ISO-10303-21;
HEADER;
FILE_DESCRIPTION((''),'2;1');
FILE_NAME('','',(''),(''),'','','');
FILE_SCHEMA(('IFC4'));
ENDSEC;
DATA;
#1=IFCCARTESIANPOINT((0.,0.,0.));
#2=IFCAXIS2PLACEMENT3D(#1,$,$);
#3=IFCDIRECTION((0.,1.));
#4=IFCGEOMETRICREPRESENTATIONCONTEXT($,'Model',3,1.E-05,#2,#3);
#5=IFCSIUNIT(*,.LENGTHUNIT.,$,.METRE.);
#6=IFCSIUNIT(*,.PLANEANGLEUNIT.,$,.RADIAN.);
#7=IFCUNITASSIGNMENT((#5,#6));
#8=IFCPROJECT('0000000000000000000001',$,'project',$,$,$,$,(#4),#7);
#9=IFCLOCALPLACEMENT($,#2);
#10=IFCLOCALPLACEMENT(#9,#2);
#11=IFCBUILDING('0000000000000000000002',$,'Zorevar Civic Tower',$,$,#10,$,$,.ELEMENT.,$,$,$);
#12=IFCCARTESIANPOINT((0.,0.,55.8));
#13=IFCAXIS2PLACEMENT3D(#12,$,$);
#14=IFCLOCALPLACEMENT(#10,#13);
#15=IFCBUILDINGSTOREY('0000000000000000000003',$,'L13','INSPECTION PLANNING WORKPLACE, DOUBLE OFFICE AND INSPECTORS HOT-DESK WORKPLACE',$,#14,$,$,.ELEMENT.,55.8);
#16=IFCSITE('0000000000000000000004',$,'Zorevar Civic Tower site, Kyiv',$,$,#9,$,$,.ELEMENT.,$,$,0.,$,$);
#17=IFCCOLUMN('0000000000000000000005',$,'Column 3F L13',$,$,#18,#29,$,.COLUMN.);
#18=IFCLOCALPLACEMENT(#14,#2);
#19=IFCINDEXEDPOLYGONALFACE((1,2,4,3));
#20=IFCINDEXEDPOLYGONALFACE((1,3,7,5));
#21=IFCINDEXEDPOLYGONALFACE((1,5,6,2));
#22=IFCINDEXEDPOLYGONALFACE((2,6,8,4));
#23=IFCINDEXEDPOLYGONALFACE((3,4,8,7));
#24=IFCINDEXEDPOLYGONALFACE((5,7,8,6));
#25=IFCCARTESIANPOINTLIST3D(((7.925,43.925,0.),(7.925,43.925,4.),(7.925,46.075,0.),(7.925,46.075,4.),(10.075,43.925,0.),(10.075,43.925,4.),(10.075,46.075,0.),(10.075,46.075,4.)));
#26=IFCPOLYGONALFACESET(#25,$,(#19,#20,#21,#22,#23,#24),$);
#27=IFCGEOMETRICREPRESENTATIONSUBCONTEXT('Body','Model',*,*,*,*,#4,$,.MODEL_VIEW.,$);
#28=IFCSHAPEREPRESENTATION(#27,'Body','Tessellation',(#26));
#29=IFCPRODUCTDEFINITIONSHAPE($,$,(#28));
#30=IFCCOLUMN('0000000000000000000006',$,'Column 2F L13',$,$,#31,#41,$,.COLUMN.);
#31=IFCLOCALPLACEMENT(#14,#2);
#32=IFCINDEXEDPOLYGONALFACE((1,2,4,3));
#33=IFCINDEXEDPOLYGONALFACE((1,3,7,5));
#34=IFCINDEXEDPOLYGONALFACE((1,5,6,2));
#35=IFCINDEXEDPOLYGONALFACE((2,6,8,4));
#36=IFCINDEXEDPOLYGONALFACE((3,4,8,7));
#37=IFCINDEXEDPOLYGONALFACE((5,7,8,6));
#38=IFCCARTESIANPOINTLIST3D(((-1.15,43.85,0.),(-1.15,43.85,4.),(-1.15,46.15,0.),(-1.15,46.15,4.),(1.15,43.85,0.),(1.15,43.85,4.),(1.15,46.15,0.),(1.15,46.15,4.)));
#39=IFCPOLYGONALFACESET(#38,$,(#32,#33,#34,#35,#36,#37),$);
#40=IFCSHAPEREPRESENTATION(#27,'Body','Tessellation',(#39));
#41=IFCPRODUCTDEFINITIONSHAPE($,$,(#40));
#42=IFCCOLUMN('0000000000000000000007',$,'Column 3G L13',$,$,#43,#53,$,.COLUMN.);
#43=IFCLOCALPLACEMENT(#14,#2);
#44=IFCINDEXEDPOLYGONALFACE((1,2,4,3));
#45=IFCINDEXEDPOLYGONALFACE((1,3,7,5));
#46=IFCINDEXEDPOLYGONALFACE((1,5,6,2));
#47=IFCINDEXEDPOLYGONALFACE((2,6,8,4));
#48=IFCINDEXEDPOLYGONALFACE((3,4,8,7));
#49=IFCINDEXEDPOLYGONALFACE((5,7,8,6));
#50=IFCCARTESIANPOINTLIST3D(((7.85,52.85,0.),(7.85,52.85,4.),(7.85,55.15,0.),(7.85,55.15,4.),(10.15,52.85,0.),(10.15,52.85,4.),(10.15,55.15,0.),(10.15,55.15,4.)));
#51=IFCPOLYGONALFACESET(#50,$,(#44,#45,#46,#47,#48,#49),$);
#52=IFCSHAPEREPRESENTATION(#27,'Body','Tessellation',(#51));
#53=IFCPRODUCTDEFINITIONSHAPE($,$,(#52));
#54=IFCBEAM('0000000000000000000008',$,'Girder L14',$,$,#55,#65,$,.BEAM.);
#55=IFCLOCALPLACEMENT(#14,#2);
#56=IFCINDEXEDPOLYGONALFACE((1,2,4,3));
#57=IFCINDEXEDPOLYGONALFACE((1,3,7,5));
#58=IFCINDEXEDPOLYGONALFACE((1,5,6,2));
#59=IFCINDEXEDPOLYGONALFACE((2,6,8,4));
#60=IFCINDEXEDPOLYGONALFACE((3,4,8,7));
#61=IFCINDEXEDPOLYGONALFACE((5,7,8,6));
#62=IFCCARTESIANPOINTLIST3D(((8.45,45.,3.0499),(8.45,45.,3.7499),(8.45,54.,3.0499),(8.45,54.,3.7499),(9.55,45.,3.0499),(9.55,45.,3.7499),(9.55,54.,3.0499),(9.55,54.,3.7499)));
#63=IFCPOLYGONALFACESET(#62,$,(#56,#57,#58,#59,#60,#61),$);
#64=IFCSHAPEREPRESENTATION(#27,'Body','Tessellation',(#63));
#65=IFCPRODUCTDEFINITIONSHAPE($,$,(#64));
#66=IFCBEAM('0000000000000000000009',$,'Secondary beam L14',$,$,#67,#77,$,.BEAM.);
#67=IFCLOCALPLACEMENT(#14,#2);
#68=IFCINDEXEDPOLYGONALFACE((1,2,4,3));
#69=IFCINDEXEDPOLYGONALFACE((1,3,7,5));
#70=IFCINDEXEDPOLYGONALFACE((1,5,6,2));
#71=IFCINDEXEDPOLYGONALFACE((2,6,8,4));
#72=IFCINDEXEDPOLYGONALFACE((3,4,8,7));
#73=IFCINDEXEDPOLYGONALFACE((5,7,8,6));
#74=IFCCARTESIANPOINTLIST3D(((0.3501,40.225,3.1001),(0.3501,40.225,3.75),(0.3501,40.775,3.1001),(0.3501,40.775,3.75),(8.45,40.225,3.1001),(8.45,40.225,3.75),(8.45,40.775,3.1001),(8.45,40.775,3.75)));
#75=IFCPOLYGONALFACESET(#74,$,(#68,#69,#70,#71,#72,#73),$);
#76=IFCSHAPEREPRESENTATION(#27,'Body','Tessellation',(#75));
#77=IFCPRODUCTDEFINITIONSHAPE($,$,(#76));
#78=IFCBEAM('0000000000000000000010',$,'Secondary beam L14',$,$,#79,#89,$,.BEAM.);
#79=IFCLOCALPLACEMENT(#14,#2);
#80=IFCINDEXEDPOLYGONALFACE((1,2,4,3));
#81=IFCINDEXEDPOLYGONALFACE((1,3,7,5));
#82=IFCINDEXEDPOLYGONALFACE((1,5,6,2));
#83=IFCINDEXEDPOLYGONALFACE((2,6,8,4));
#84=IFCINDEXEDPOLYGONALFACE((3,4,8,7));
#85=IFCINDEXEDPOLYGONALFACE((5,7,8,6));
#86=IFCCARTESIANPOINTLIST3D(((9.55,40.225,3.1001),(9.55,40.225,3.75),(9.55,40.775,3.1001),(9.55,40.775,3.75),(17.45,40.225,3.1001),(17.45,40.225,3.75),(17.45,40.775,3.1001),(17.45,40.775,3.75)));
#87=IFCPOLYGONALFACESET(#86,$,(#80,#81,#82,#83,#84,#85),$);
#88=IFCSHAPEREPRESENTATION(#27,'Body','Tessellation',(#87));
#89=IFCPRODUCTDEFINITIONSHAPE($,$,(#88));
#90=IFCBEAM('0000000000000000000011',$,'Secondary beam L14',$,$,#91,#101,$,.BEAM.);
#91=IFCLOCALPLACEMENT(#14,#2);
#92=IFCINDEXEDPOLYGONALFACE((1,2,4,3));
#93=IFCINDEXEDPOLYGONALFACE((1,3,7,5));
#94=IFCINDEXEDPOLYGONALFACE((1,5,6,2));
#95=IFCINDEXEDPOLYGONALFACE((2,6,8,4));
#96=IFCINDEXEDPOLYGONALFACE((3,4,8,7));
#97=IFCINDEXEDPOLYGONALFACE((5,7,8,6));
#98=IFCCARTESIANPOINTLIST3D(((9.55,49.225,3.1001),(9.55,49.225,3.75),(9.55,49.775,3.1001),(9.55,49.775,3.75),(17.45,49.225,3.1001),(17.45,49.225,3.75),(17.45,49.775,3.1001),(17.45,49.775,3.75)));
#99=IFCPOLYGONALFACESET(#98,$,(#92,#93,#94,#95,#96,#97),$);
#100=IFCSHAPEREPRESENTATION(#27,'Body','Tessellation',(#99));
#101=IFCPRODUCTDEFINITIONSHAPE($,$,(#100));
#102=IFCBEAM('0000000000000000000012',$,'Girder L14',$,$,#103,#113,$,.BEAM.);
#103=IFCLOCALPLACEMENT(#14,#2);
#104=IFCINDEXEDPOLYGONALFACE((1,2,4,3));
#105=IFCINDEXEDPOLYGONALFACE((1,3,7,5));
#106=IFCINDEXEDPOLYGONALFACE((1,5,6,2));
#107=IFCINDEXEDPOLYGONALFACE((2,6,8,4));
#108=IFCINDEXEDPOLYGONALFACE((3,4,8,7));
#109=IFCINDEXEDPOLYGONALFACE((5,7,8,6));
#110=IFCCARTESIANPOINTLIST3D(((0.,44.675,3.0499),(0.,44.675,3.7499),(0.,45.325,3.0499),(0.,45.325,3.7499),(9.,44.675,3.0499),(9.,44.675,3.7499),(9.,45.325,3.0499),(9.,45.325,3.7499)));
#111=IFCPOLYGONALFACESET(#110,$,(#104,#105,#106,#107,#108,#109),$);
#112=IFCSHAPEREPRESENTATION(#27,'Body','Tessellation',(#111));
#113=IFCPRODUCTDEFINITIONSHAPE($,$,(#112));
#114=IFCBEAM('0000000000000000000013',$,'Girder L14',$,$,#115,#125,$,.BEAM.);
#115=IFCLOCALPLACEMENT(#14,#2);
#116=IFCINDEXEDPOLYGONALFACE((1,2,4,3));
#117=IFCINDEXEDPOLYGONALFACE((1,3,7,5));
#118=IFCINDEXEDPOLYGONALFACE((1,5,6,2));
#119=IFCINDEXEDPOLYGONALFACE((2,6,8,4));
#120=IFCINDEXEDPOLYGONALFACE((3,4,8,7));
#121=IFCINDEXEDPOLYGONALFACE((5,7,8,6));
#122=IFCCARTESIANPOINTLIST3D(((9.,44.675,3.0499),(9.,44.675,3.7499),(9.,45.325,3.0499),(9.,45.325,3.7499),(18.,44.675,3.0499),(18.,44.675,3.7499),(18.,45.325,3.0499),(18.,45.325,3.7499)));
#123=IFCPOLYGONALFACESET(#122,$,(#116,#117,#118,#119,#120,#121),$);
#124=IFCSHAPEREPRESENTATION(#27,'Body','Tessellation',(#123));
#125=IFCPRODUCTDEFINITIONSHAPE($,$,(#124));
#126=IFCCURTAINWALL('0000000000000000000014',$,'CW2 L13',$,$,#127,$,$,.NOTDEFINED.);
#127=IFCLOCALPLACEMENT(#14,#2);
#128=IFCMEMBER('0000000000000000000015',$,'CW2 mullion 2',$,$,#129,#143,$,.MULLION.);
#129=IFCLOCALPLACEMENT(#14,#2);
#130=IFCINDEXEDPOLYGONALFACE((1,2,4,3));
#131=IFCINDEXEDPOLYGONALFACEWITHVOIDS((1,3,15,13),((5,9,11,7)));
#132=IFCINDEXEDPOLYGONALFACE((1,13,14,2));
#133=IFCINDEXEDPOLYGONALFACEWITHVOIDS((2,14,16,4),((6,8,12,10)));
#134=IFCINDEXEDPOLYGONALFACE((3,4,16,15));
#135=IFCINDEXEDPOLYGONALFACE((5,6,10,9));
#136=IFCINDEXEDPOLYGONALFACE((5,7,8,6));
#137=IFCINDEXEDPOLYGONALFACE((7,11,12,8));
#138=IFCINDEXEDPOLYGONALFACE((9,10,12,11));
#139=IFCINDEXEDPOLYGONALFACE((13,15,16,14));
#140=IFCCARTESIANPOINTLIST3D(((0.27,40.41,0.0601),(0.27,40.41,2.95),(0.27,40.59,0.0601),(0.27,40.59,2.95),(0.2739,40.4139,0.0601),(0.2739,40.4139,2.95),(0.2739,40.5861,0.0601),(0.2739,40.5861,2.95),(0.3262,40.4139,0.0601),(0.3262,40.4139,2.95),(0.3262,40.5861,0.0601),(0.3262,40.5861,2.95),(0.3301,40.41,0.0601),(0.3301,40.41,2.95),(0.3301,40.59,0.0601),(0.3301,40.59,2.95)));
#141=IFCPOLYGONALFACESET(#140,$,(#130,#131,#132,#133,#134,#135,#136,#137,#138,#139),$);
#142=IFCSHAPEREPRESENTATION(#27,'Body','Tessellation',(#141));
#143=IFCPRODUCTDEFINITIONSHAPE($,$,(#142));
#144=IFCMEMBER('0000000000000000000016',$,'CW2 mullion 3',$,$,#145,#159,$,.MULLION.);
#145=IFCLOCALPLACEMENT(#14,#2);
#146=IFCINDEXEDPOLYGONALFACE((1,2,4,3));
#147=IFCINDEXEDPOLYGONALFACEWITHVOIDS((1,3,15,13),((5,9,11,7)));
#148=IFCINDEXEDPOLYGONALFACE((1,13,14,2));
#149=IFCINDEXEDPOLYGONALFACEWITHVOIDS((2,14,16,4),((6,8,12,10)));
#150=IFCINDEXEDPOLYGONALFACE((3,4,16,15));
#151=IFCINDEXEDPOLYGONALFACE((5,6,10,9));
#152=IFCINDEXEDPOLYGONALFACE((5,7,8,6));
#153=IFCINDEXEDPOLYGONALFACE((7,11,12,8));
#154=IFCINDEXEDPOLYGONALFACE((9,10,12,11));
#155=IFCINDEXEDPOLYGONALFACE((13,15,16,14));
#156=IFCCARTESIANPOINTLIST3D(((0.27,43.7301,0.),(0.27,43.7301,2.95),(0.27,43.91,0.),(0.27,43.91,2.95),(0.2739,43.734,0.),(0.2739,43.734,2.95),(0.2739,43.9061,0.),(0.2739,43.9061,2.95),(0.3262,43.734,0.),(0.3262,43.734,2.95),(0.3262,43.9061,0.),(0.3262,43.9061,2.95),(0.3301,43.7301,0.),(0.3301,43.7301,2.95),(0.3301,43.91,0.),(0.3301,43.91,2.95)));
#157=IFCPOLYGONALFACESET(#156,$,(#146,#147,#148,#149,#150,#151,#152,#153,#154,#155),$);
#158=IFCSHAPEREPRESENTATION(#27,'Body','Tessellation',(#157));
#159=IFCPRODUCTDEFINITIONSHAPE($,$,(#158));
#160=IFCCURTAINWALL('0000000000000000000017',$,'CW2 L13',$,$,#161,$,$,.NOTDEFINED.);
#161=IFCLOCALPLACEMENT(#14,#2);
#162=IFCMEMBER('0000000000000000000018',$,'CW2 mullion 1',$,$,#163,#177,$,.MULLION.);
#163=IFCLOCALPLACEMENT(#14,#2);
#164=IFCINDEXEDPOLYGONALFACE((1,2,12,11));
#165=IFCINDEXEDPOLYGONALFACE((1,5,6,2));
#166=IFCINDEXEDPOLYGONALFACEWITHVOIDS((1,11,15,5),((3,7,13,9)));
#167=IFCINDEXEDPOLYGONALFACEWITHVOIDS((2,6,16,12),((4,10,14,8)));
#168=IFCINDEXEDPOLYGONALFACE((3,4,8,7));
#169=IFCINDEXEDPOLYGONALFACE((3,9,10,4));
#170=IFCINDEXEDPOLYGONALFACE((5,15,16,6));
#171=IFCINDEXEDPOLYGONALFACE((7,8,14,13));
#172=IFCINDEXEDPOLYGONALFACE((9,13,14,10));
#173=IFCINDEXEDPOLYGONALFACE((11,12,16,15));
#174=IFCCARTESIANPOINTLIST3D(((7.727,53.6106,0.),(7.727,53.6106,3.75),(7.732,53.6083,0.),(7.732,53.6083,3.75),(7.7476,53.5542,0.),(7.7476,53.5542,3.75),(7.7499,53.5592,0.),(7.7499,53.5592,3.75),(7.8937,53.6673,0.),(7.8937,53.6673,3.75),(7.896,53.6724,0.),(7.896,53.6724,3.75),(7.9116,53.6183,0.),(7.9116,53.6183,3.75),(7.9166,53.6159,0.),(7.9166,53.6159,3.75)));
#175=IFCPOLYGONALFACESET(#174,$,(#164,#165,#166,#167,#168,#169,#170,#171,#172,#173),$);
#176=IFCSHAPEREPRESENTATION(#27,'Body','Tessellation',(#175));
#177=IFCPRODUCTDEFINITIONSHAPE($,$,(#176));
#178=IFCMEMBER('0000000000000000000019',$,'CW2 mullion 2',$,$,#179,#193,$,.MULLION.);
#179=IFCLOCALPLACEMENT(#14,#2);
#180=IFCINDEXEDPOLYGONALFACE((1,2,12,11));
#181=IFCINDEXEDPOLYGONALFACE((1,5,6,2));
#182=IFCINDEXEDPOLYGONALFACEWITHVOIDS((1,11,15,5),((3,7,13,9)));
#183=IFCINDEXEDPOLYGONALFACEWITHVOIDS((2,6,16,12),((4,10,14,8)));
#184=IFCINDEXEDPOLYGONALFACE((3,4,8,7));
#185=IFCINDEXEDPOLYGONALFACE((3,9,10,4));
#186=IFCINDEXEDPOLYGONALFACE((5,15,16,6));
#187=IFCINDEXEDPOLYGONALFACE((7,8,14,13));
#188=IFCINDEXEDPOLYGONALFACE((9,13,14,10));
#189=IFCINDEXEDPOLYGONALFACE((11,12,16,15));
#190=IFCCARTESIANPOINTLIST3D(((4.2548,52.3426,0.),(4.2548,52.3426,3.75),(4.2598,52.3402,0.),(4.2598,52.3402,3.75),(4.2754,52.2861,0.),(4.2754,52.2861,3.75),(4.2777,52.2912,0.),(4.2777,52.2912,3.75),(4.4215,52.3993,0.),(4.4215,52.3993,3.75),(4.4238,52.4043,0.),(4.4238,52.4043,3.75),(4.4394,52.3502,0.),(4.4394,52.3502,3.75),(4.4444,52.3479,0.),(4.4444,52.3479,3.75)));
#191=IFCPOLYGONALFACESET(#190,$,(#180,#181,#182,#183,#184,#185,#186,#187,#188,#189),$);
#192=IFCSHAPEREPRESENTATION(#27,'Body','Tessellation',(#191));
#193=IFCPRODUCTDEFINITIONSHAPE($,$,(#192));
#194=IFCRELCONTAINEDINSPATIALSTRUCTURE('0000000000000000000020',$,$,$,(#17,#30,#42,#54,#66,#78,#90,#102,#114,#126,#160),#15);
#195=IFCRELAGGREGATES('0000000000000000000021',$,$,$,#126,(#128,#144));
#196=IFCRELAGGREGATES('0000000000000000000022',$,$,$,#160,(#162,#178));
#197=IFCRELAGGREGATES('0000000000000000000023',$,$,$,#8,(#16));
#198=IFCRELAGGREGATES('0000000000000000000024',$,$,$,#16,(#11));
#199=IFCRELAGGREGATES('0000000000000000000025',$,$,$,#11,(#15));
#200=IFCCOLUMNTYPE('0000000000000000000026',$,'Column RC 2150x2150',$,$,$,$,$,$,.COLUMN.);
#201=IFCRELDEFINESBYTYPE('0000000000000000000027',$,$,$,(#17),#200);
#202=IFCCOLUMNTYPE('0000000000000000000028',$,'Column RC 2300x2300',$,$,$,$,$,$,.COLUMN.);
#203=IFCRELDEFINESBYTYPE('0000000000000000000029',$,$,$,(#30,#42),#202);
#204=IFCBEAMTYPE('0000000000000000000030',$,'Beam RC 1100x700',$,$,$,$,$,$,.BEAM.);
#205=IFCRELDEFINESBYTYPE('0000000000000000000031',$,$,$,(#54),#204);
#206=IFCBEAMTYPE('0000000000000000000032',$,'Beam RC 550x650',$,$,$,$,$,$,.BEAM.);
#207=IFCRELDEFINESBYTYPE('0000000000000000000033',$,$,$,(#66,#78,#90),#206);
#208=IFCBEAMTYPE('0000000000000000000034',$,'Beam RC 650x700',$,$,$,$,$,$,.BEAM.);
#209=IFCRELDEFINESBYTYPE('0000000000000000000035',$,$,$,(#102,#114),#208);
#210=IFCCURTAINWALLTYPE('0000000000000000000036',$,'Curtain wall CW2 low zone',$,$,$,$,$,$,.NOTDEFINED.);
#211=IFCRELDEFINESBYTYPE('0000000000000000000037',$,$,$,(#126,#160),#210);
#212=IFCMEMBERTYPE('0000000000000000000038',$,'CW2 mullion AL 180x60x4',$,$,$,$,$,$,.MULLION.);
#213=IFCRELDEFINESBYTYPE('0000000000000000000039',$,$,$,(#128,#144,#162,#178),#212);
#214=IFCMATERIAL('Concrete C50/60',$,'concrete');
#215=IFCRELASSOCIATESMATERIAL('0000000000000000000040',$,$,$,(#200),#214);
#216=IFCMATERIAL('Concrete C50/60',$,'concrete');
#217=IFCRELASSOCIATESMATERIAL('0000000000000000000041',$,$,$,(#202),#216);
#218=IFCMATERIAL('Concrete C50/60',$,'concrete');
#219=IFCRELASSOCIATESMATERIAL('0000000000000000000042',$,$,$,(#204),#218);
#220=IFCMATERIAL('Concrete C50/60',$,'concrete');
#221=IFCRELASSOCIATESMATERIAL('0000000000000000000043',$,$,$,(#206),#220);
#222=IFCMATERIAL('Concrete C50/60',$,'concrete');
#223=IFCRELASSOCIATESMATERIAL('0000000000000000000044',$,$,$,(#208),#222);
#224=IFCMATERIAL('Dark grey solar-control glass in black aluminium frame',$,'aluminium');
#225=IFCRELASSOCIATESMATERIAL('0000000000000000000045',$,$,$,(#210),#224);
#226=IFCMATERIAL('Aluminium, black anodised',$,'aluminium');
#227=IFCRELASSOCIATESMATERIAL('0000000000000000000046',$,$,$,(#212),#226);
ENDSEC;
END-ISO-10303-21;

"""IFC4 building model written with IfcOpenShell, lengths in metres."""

from ifc_helpers import new_model, si_unit, direction, frame, origin, origin_2d, place, context, subcontext, project, spatial, rectangle, hollow_rectangle, extrude, material, material_profile, profile_set, type_object, element, aggregate, save


model = new_model("IFC4")

# Units and contexts
model_context = context("Model", 3, precision=1e-05, world=origin(), true_north=direction((0.0, 1.0)))
body_context = subcontext(model_context, "Body", "Model", "MODEL_VIEW")
ifc_project = project(units=[si_unit("LENGTHUNIT", "METRE"), si_unit("PLANEANGLEUNIT", "RADIAN")], contexts=[model_context])

# Site, building, storey
site_placement = place(None, origin())
site = spatial("IfcSite", under=ifc_project, at=site_placement, Name="Zorevar Civic Tower site, Kyiv", CompositionType="ELEMENT", RefElevation=0.0)
building_placement = place(site_placement, origin())
building = spatial("IfcBuilding", under=site, at=building_placement, Name="Zorevar Civic Tower", CompositionType="ELEMENT")
storey_placement = place(building_placement, frame((0.0, 0.0, 55.8)))
storey = spatial("IfcBuildingStorey", under=building, at=storey_placement, Name="L13", Description="INSPECTION PLANNING WORKPLACE, DOUBLE OFFICE AND INSPECTORS HOT-DESK WORKPLACE", CompositionType="ELEMENT", Elevation=55.8)

# Columns
ifc_material_1 = material(Name="Concrete C50/60", Category="concrete")
ifc_material_profile_1 = material_profile(ifc_material_1, rectangle(XDim=2.1499, YDim=2.1499, at=origin_2d()), Name="RC 2150x2150")
ifc_profile_set_1 = profile_set([ifc_material_profile_1], Name="Concrete C50/60")
column_type_1 = type_object("IfcColumnType", Name="Column RC 2150x2150", PredefinedType="COLUMN", material=ifc_profile_set_1)
column_placement = place(storey_placement, frame((9.0, 45.0, 0.0), z_axis=(0.0, 0.0, 1.0), x_axis=(1.0, 0.0, 0.0)))
element("IfcColumn", 1, at=column_placement, inside=storey, type_object=column_type_1, Name="Column 3F L13", PredefinedType="COLUMN", context=body_context, shape_type="SweptSolid", body=[
    extrude(rectangle(XDim=2.1499, YDim=2.1499, at=origin_2d()), origin(), (0.0, 0.0, 1.0), 4.0),
])
ifc_material_2 = material(Name="Concrete C50/60", Category="concrete")
ifc_material_profile_2 = material_profile(ifc_material_2, rectangle(XDim=2.3, YDim=2.3, at=origin_2d()), Name="RC 2300x2300")
ifc_profile_set_2 = profile_set([ifc_material_profile_2], Name="Concrete C50/60")
column_type_2 = type_object("IfcColumnType", Name="Column RC 2300x2300", PredefinedType="COLUMN", material=ifc_profile_set_2)
for number, where, z_axis, x_axis, name in (
    (2, (0.0, 45.0, 0.0), (0.0, 0.0, 1.0), (1.0, 0.0, 0.0), "Column 2F L13"),
    (3, (9.0, 54.0, 0.0), (0.0, 0.0, 1.0), (1.0, 0.0, 0.0), "Column 3G L13"),
):
    element("IfcColumn", number, at=place(storey_placement, frame(where, z_axis=z_axis, x_axis=x_axis)), inside=storey, type_object=column_type_2, Name=name, PredefinedType="COLUMN", context=body_context, shape_type="SweptSolid", body=[
        extrude(rectangle(XDim=2.3, YDim=2.3, at=origin_2d()), origin(), (0.0, 0.0, 1.0), 4.0),
    ])

# Beams
ifc_material_3 = material(Name="Concrete C50/60", Category="concrete")
ifc_material_profile_3 = material_profile(ifc_material_3, rectangle(XDim=1.1001, YDim=0.7, at=origin_2d()), Name="RC 1100x700")
ifc_profile_set_3 = profile_set([ifc_material_profile_3], Name="Concrete C50/60")
beam_type_1 = type_object("IfcBeamType", Name="Beam RC 1100x700", PredefinedType="BEAM", material=ifc_profile_set_3)
beam_1_placement = place(storey_placement, frame((9.0, 45.0, 3.3999), z_axis=(0.0, 1.0, 0.0), x_axis=(-1.0, 0.0, 0.0)))
element("IfcBeam", 4, at=beam_1_placement, inside=storey, type_object=beam_type_1, Name="Girder L14", PredefinedType="BEAM", context=body_context, shape_type="SweptSolid", body=[
    extrude(rectangle(XDim=1.1001, YDim=0.7, at=origin_2d()), origin(), (0.0, 0.0, 1.0), 9.0),
])
ifc_material_4 = material(Name="Concrete C50/60", Category="concrete")
ifc_material_profile_4 = material_profile(ifc_material_4, rectangle(XDim=0.55, YDim=0.6499, at=origin_2d()), Name="RC 550x650")
ifc_profile_set_4 = profile_set([ifc_material_profile_4], Name="Concrete C50/60")
beam_type_2 = type_object("IfcBeamType", Name="Beam RC 550x650", PredefinedType="BEAM", material=ifc_profile_set_4)
beam_2_placement = place(storey_placement, frame((0.3501, 40.5, 3.425), z_axis=(1.0, 0.0, 0.0), x_axis=(0.0, 1.0, 0.0)))
element("IfcBeam", 5, at=beam_2_placement, inside=storey, type_object=beam_type_2, Name="Secondary beam L14", PredefinedType="BEAM", context=body_context, shape_type="SweptSolid", body=[
    extrude(rectangle(XDim=0.55, YDim=0.6499, at=origin_2d()), origin(), (0.0, 0.0, 1.0), 8.0999),
])
for number, where, z_axis, x_axis, name in (
    (6, (9.55, 40.5, 3.425), (1.0, 0.0, 0.0), (0.0, 1.0, 0.0), "Secondary beam L14"),
    (7, (9.55, 49.5, 3.425), (1.0, 0.0, 0.0), (0.0, 1.0, 0.0), "Secondary beam L14"),
):
    element("IfcBeam", number, at=place(storey_placement, frame(where, z_axis=z_axis, x_axis=x_axis)), inside=storey, type_object=beam_type_2, Name=name, PredefinedType="BEAM", context=body_context, shape_type="SweptSolid", body=[
        extrude(rectangle(XDim=0.55, YDim=0.6499, at=origin_2d()), origin(), (0.0, 0.0, 1.0), 7.8999),
    ])
ifc_material_5 = material(Name="Concrete C50/60", Category="concrete")
ifc_material_profile_5 = material_profile(ifc_material_5, rectangle(XDim=0.6499, YDim=0.7, at=origin_2d()), Name="RC 650x700")
ifc_profile_set_5 = profile_set([ifc_material_profile_5], Name="Concrete C50/60")
beam_type_3 = type_object("IfcBeamType", Name="Beam RC 650x700", PredefinedType="BEAM", material=ifc_profile_set_5)
for number, where, z_axis, x_axis, name in (
    (8, (0.0, 45.0, 3.3999), (1.0, 0.0, 0.0), (0.0, 1.0, 0.0), "Girder L14"),
    (9, (9.0, 45.0, 3.3999), (1.0, 0.0, 0.0), (0.0, 1.0, 0.0), "Girder L14"),
):
    element("IfcBeam", number, at=place(storey_placement, frame(where, z_axis=z_axis, x_axis=x_axis)), inside=storey, type_object=beam_type_3, Name=name, PredefinedType="BEAM", context=body_context, shape_type="SweptSolid", body=[
        extrude(rectangle(XDim=0.6499, YDim=0.7, at=origin_2d()), origin(), (0.0, 0.0, 1.0), 9.0),
    ])

# Curtain walls, members
ifc_material_6 = material(Name="Dark grey solar-control glass in black aluminium frame", Category="aluminium")
curtain_wall_type = type_object("IfcCurtainWallType", Name="Curtain wall CW2 low zone", PredefinedType="NOTDEFINED", material=ifc_material_6)
curtain_wall_1_placement = place(storey_placement, origin())
curtain_wall_1 = element("IfcCurtainWall", 10, at=curtain_wall_1_placement, inside=storey, type_object=curtain_wall_type, Name="CW2 L13", PredefinedType="NOTDEFINED")
ifc_material_7 = material(Name="Aluminium, black anodised", Category="aluminium")
ifc_material_profile_6 = material_profile(ifc_material_7, hollow_rectangle(XDim=0.0601, YDim=0.1799, WallThickness=0.0039, at=origin_2d()), Name="AL 180x60x4")
ifc_profile_set_6 = profile_set([ifc_material_profile_6], Name="Aluminium, black anodised")
member_type_1 = type_object("IfcMemberType", Name="CW2 mullion AL 180x60x4", PredefinedType="MULLION", material=ifc_profile_set_6)
member_1_placement = place(storey_placement, frame((0.3, 40.5, 0.0601), z_axis=(0.0, 0.0, 1.0), x_axis=(-1.0, 0.0, 0.0)))
member_1 = element("IfcMember", 11, at=member_1_placement, type_object=member_type_1, Name="CW2 mullion 2", PredefinedType="MULLION", context=body_context, shape_type="SweptSolid", body=[
    extrude(hollow_rectangle(XDim=0.0601, YDim=0.1799, WallThickness=0.0039, at=origin_2d()), origin(), (0.0, 0.0, 1.0), 2.8899),
])
member_2_placement = place(storey_placement, frame((0.3, 43.8201, 0.0), z_axis=(0.0, 0.0, 1.0), x_axis=(-1.0, 0.0, 0.0)))
member_2 = element("IfcMember", 12, at=member_2_placement, type_object=member_type_1, Name="CW2 mullion 3", PredefinedType="MULLION", context=body_context, shape_type="SweptSolid", body=[
    extrude(hollow_rectangle(XDim=0.0601, YDim=0.1799, WallThickness=0.0039, at=origin_2d()), origin(), (0.0, 0.0, 1.0), 2.95),
])
curtain_wall_2_placement = place(storey_placement, origin())
curtain_wall_2 = element("IfcCurtainWall", 13, at=curtain_wall_2_placement, inside=storey, type_object=curtain_wall_type, Name="CW2 L13", PredefinedType="NOTDEFINED")
member_3_placement = place(storey_placement, frame((7.8218, 53.6133, 0.0), z_axis=(0.0, 0.0, 1.0), x_axis=(0.34306, -0.939313, 0.0)))
member_3 = element("IfcMember", 14, at=member_3_placement, type_object=member_type_1, Name="CW2 mullion 1", PredefinedType="MULLION", context=body_context, shape_type="SweptSolid", body=[
    extrude(hollow_rectangle(XDim=0.0601, YDim=0.1799, WallThickness=0.0039, at=origin_2d()), origin(), (0.0, 0.0, 1.0), 3.75),
])
member_4_placement = place(storey_placement, frame((4.3496, 52.3452, 0.0), z_axis=(0.0, 0.0, 1.0), x_axis=(0.34306, -0.939313, 0.0)))
member_4 = element("IfcMember", 15, at=member_4_placement, type_object=member_type_1, Name="CW2 mullion 2", PredefinedType="MULLION", context=body_context, shape_type="SweptSolid", body=[
    extrude(hollow_rectangle(XDim=0.0601, YDim=0.1799, WallThickness=0.0039, at=origin_2d()), origin(), (0.0, 0.0, 1.0), 3.75),
])

aggregate(curtain_wall_1, [member_1, member_2])
aggregate(curtain_wall_2, [member_3, member_4])

save(model, "model.ifc")
